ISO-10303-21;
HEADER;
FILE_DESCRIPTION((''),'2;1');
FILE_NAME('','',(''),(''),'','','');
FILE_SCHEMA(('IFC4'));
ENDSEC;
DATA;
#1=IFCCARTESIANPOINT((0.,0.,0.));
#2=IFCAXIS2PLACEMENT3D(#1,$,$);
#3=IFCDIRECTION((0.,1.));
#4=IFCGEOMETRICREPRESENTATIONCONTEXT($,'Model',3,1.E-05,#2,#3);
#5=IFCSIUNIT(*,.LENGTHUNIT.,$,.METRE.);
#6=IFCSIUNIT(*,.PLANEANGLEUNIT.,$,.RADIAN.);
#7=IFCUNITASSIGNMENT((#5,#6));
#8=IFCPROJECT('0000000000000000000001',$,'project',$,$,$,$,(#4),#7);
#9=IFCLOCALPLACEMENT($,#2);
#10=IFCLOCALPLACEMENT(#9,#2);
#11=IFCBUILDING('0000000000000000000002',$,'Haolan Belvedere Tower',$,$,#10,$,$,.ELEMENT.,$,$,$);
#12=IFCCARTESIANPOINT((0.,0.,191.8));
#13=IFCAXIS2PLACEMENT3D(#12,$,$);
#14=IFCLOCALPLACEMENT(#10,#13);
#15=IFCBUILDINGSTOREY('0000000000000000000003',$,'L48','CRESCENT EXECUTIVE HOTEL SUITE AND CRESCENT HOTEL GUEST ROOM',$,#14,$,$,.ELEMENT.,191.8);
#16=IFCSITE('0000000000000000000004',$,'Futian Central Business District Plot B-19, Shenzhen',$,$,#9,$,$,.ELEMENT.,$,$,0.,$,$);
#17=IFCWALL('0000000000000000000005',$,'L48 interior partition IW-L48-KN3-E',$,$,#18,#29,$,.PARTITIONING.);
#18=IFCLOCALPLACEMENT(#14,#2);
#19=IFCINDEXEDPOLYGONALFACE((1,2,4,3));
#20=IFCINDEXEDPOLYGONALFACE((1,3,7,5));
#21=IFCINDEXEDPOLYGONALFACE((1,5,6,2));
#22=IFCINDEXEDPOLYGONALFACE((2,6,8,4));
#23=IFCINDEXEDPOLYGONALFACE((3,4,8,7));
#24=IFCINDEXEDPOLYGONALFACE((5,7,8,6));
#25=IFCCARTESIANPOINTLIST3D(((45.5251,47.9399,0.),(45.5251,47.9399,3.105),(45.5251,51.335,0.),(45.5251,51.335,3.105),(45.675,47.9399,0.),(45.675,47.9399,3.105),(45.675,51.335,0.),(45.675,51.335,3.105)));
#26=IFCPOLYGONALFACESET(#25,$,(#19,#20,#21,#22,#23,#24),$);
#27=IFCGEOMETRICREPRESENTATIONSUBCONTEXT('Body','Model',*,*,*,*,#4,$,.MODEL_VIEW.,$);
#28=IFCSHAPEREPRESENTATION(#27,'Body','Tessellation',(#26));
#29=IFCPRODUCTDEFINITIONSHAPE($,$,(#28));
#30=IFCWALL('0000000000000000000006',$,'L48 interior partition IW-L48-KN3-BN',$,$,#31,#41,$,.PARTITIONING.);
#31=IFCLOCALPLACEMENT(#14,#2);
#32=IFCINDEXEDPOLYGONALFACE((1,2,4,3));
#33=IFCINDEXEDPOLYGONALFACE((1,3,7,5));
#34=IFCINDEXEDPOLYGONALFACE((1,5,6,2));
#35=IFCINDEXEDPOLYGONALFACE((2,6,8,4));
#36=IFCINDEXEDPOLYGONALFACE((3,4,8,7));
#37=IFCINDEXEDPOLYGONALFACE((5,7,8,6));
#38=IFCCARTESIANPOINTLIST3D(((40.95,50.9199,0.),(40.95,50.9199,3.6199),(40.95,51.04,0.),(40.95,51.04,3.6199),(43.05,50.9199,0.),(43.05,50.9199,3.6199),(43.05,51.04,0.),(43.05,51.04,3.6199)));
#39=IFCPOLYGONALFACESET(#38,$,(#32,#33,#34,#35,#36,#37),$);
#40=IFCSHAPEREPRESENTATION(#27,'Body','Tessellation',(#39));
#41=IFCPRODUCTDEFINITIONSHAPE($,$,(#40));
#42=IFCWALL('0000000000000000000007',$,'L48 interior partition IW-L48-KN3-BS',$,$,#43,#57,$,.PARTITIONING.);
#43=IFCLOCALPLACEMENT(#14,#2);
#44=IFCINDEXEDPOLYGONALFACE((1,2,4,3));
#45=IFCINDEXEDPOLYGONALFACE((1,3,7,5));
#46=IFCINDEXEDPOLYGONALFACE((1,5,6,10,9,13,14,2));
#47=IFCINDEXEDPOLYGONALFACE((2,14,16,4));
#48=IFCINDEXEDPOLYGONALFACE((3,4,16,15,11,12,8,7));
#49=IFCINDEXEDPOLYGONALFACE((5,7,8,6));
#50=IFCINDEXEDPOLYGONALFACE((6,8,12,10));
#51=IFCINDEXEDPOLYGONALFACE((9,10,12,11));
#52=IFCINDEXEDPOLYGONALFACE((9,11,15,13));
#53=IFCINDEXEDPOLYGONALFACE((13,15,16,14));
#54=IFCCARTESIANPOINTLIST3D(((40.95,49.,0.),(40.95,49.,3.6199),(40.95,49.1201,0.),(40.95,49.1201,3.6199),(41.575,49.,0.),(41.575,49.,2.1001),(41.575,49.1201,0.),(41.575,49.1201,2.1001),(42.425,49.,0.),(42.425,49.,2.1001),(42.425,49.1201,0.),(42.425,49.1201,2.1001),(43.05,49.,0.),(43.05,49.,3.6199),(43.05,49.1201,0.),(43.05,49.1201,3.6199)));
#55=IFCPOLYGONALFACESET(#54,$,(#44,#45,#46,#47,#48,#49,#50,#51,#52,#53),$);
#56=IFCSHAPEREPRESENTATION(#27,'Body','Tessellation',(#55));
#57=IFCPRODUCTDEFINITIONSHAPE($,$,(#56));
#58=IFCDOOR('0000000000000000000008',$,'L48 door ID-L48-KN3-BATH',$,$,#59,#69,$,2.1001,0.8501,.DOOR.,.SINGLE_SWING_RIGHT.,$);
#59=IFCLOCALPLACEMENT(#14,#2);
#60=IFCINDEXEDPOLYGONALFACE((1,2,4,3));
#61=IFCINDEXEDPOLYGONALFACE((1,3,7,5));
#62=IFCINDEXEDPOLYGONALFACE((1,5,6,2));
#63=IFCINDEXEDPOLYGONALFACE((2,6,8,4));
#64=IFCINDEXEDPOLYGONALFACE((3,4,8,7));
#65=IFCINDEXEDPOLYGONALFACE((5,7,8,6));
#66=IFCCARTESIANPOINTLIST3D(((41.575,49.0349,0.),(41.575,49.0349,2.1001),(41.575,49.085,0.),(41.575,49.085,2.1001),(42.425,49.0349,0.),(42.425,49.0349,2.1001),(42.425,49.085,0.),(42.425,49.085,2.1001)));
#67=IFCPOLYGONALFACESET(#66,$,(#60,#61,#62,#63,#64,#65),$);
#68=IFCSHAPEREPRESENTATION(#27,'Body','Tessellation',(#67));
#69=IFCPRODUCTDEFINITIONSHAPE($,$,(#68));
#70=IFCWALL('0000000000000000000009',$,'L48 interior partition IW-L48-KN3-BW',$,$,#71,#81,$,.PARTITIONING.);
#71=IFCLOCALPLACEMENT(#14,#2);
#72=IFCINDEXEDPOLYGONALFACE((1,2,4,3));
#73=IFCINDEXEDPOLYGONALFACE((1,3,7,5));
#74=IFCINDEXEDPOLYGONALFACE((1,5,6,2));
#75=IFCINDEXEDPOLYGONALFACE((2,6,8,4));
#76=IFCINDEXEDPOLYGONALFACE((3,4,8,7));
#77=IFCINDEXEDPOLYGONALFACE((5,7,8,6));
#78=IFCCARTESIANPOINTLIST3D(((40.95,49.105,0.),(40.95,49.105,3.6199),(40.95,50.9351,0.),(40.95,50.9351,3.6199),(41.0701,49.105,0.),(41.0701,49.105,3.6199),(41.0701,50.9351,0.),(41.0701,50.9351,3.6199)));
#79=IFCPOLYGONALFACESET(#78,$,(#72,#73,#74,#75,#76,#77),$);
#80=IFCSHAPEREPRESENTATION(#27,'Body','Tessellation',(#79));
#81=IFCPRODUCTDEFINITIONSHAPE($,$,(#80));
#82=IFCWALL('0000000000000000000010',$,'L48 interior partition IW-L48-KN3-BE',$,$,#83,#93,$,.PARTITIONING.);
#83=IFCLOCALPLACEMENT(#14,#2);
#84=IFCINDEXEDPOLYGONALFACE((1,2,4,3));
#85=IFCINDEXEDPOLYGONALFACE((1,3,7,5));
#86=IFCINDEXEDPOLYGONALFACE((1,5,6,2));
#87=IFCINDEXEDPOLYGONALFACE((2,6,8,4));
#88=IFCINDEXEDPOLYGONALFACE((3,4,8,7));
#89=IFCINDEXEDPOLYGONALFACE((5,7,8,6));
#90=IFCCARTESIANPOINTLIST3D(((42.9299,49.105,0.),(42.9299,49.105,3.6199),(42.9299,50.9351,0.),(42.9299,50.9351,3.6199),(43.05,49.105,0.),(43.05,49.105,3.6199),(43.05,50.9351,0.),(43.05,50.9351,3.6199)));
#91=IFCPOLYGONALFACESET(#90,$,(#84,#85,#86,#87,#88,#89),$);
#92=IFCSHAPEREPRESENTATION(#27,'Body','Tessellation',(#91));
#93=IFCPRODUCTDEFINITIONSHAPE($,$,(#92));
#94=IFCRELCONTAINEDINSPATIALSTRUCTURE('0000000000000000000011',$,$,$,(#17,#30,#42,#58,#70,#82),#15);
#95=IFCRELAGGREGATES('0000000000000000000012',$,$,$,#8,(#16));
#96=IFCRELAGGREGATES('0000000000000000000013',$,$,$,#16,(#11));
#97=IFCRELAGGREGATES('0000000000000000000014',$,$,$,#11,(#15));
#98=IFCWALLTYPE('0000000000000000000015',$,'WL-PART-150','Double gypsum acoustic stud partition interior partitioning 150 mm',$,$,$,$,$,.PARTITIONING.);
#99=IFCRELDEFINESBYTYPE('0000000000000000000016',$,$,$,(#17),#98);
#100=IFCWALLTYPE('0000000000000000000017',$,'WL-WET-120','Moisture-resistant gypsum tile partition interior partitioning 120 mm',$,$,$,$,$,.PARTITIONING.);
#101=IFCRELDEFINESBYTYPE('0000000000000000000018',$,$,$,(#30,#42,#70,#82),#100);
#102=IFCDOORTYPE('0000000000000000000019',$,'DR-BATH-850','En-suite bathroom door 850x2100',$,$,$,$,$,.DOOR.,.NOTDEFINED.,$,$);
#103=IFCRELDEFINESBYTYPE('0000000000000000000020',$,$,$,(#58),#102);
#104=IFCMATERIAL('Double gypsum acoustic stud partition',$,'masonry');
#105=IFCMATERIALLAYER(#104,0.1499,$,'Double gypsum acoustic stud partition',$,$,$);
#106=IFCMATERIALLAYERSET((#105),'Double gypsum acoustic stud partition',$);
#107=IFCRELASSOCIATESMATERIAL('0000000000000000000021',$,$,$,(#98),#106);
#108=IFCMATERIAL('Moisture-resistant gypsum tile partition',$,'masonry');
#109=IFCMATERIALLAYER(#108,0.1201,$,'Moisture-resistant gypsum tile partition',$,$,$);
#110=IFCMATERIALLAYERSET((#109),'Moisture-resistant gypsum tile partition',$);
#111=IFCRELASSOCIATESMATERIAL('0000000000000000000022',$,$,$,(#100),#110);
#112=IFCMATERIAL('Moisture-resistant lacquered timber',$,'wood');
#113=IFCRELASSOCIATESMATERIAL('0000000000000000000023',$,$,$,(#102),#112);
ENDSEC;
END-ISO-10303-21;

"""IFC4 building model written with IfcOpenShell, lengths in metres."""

from ifc_helpers import new_model, si_unit, direction, frame, frame_2d, origin, place, context, subcontext, project, spatial, rectangle, extrude, material, layer, layer_set, type_object, element, fill, save


model = new_model("IFC4")

# Units and contexts
model_context = context("Model", 3, precision=1e-05, world=origin(), true_north=direction((0.0, 1.0)))
body_context = subcontext(model_context, "Body", "Model", "MODEL_VIEW")
ifc_project = project(units=[si_unit("LENGTHUNIT", "METRE"), si_unit("PLANEANGLEUNIT", "RADIAN")], contexts=[model_context])

# Site, building, storey
site_placement = place(None, origin())
site = spatial("IfcSite", under=ifc_project, at=site_placement, Name="Futian Central Business District Plot B-19, Shenzhen", CompositionType="ELEMENT", RefElevation=0.0)
building_placement = place(site_placement, origin())
building = spatial("IfcBuilding", under=site, at=building_placement, Name="Haolan Belvedere Tower", CompositionType="ELEMENT")
storey_placement = place(building_placement, frame((0.0, 0.0, 191.8)))
storey = spatial("IfcBuildingStorey", under=building, at=storey_placement, Name="L48", Description="CRESCENT EXECUTIVE HOTEL SUITE AND CRESCENT HOTEL GUEST ROOM", CompositionType="ELEMENT", Elevation=191.8)

# Walls
ifc_material_1 = material(Name="Double gypsum acoustic stud partition", Category="masonry")
ifc_layer_1 = layer(ifc_material_1, 0.1499, Name="Double gypsum acoustic stud partition")
ifc_layer_set_1 = layer_set([ifc_layer_1], Name="Double gypsum acoustic stud partition")
wall_type_1 = type_object("IfcWallType", Name="WL-PART-150", Description="Double gypsum acoustic stud partition interior partitioning 150 mm", PredefinedType="PARTITIONING", material=ifc_layer_set_1)
wall_1_placement = place(storey_placement, frame((45.6001, 47.9399, 0.0), z_axis=(0.0, 0.0, 1.0), x_axis=(0.0, 1.0, 0.0)))
element("IfcWall", 1, at=wall_1_placement, inside=storey, type_object=wall_type_1, Name="L48 interior partition IW-L48-KN3-E", PredefinedType="PARTITIONING", context=body_context, shape_type="SweptSolid", body=[
    extrude(rectangle(XDim=3.395, YDim=0.1499, at=frame_2d((1.6975, 0.0))), origin(), (0.0, 0.0, 1.0), 3.105),
])
ifc_material_2 = material(Name="Moisture-resistant gypsum tile partition", Category="masonry")
ifc_layer_2 = layer(ifc_material_2, 0.1201, Name="Moisture-resistant gypsum tile partition")
ifc_layer_set_2 = layer_set([ifc_layer_2], Name="Moisture-resistant gypsum tile partition")
wall_type_2 = type_object("IfcWallType", Name="WL-WET-120", Description="Moisture-resistant gypsum tile partition interior partitioning 120 mm", PredefinedType="PARTITIONING", material=ifc_layer_set_2)
wall_2_placement = place(storey_placement, frame((40.95, 50.98, 0.0), z_axis=(0.0, 0.0, 1.0), x_axis=(1.0, 0.0, 0.0)))
element("IfcWall", 2, at=wall_2_placement, inside=storey, type_object=wall_type_2, Name="L48 interior partition IW-L48-KN3-BN", PredefinedType="PARTITIONING", context=body_context, shape_type="SweptSolid", body=[
    extrude(rectangle(XDim=2.1001, YDim=0.1201, at=frame_2d((1.05, 0.0))), origin(), (0.0, 0.0, 1.0), 3.6199),
])

# Wall, opening, door
wall_3_placement = place(storey_placement, frame((40.95, 49.0601, 0.0), z_axis=(0.0, 0.0, 1.0), x_axis=(1.0, 0.0, 0.0)))
wall_3 = element("IfcWall", 3, at=wall_3_placement, inside=storey, type_object=wall_type_2, Name="L48 interior partition IW-L48-KN3-BS", PredefinedType="PARTITIONING", context=body_context, shape_type="SweptSolid", body=[
    extrude(rectangle(XDim=2.1001, YDim=0.1201, at=frame_2d((1.05, 0.0))), origin(), (0.0, 0.0, 1.0), 3.6199),
])
opening_1_placement = place(wall_3_placement, frame((0.625, 0.0, 0.0)))
opening_1 = element("IfcOpeningElement", 4, at=opening_1_placement, cuts=wall_3, PredefinedType="OPENING", context=body_context, shape_type="SweptSolid", body=[
    extrude(rectangle(XDim=0.8501, YDim=2.1001, at=frame_2d((0.425, 1.05))), frame((0.0, 0.0701, 0.0), z_axis=(0.0, -1.0, 0.0), x_axis=(1.0, 0.0, 0.0)), (0.0, 0.0, 1.0), 0.1401),
])
ifc_material_3 = material(Name="Moisture-resistant lacquered timber", Category="wood")
door_type = type_object("IfcDoorType", Name="DR-BATH-850", Description="En-suite bathroom door 850x2100", OperationType="NOTDEFINED", PredefinedType="DOOR", material=ifc_material_3)
door_placement = place(opening_1_placement, origin())
door = element("IfcDoor", 5, at=door_placement, inside=storey, type_object=door_type, Name="L48 door ID-L48-KN3-BATH", OperationType="SINGLE_SWING_RIGHT", OverallHeight=2.1001, OverallWidth=0.8501, PredefinedType="DOOR", context=body_context, shape_type="SweptSolid", body=[
    extrude(rectangle(XDim=0.8501, YDim=2.1001, at=frame_2d((0.425, 1.05))), frame((0.0, 0.0249, 0.0), z_axis=(0.0, -1.0, 0.0), x_axis=(1.0, 0.0, 0.0)), (0.0, 0.0, 1.0), 0.05),
])
fill(opening_1, door)

# Walls
for number, where, z_axis, x_axis, name in (
    (6, (41.01, 49.105, 0.0), (0.0, 0.0, 1.0), (0.0, 1.0, 0.0), "L48 interior partition IW-L48-KN3-BW"),
    (7, (42.99, 49.105, 0.0), (0.0, 0.0, 1.0), (0.0, 1.0, 0.0), "L48 interior partition IW-L48-KN3-BE"),
):
    element("IfcWall", number, at=place(storey_placement, frame(where, z_axis=z_axis, x_axis=x_axis)), inside=storey, type_object=wall_type_2, Name=name, PredefinedType="PARTITIONING", context=body_context, shape_type="SweptSolid", body=[
        extrude(rectangle(XDim=1.8301, YDim=0.1201, at=frame_2d((0.915, 0.0))), origin(), (0.0, 0.0, 1.0), 3.6199),
    ])

save(model, "model.ifc")
